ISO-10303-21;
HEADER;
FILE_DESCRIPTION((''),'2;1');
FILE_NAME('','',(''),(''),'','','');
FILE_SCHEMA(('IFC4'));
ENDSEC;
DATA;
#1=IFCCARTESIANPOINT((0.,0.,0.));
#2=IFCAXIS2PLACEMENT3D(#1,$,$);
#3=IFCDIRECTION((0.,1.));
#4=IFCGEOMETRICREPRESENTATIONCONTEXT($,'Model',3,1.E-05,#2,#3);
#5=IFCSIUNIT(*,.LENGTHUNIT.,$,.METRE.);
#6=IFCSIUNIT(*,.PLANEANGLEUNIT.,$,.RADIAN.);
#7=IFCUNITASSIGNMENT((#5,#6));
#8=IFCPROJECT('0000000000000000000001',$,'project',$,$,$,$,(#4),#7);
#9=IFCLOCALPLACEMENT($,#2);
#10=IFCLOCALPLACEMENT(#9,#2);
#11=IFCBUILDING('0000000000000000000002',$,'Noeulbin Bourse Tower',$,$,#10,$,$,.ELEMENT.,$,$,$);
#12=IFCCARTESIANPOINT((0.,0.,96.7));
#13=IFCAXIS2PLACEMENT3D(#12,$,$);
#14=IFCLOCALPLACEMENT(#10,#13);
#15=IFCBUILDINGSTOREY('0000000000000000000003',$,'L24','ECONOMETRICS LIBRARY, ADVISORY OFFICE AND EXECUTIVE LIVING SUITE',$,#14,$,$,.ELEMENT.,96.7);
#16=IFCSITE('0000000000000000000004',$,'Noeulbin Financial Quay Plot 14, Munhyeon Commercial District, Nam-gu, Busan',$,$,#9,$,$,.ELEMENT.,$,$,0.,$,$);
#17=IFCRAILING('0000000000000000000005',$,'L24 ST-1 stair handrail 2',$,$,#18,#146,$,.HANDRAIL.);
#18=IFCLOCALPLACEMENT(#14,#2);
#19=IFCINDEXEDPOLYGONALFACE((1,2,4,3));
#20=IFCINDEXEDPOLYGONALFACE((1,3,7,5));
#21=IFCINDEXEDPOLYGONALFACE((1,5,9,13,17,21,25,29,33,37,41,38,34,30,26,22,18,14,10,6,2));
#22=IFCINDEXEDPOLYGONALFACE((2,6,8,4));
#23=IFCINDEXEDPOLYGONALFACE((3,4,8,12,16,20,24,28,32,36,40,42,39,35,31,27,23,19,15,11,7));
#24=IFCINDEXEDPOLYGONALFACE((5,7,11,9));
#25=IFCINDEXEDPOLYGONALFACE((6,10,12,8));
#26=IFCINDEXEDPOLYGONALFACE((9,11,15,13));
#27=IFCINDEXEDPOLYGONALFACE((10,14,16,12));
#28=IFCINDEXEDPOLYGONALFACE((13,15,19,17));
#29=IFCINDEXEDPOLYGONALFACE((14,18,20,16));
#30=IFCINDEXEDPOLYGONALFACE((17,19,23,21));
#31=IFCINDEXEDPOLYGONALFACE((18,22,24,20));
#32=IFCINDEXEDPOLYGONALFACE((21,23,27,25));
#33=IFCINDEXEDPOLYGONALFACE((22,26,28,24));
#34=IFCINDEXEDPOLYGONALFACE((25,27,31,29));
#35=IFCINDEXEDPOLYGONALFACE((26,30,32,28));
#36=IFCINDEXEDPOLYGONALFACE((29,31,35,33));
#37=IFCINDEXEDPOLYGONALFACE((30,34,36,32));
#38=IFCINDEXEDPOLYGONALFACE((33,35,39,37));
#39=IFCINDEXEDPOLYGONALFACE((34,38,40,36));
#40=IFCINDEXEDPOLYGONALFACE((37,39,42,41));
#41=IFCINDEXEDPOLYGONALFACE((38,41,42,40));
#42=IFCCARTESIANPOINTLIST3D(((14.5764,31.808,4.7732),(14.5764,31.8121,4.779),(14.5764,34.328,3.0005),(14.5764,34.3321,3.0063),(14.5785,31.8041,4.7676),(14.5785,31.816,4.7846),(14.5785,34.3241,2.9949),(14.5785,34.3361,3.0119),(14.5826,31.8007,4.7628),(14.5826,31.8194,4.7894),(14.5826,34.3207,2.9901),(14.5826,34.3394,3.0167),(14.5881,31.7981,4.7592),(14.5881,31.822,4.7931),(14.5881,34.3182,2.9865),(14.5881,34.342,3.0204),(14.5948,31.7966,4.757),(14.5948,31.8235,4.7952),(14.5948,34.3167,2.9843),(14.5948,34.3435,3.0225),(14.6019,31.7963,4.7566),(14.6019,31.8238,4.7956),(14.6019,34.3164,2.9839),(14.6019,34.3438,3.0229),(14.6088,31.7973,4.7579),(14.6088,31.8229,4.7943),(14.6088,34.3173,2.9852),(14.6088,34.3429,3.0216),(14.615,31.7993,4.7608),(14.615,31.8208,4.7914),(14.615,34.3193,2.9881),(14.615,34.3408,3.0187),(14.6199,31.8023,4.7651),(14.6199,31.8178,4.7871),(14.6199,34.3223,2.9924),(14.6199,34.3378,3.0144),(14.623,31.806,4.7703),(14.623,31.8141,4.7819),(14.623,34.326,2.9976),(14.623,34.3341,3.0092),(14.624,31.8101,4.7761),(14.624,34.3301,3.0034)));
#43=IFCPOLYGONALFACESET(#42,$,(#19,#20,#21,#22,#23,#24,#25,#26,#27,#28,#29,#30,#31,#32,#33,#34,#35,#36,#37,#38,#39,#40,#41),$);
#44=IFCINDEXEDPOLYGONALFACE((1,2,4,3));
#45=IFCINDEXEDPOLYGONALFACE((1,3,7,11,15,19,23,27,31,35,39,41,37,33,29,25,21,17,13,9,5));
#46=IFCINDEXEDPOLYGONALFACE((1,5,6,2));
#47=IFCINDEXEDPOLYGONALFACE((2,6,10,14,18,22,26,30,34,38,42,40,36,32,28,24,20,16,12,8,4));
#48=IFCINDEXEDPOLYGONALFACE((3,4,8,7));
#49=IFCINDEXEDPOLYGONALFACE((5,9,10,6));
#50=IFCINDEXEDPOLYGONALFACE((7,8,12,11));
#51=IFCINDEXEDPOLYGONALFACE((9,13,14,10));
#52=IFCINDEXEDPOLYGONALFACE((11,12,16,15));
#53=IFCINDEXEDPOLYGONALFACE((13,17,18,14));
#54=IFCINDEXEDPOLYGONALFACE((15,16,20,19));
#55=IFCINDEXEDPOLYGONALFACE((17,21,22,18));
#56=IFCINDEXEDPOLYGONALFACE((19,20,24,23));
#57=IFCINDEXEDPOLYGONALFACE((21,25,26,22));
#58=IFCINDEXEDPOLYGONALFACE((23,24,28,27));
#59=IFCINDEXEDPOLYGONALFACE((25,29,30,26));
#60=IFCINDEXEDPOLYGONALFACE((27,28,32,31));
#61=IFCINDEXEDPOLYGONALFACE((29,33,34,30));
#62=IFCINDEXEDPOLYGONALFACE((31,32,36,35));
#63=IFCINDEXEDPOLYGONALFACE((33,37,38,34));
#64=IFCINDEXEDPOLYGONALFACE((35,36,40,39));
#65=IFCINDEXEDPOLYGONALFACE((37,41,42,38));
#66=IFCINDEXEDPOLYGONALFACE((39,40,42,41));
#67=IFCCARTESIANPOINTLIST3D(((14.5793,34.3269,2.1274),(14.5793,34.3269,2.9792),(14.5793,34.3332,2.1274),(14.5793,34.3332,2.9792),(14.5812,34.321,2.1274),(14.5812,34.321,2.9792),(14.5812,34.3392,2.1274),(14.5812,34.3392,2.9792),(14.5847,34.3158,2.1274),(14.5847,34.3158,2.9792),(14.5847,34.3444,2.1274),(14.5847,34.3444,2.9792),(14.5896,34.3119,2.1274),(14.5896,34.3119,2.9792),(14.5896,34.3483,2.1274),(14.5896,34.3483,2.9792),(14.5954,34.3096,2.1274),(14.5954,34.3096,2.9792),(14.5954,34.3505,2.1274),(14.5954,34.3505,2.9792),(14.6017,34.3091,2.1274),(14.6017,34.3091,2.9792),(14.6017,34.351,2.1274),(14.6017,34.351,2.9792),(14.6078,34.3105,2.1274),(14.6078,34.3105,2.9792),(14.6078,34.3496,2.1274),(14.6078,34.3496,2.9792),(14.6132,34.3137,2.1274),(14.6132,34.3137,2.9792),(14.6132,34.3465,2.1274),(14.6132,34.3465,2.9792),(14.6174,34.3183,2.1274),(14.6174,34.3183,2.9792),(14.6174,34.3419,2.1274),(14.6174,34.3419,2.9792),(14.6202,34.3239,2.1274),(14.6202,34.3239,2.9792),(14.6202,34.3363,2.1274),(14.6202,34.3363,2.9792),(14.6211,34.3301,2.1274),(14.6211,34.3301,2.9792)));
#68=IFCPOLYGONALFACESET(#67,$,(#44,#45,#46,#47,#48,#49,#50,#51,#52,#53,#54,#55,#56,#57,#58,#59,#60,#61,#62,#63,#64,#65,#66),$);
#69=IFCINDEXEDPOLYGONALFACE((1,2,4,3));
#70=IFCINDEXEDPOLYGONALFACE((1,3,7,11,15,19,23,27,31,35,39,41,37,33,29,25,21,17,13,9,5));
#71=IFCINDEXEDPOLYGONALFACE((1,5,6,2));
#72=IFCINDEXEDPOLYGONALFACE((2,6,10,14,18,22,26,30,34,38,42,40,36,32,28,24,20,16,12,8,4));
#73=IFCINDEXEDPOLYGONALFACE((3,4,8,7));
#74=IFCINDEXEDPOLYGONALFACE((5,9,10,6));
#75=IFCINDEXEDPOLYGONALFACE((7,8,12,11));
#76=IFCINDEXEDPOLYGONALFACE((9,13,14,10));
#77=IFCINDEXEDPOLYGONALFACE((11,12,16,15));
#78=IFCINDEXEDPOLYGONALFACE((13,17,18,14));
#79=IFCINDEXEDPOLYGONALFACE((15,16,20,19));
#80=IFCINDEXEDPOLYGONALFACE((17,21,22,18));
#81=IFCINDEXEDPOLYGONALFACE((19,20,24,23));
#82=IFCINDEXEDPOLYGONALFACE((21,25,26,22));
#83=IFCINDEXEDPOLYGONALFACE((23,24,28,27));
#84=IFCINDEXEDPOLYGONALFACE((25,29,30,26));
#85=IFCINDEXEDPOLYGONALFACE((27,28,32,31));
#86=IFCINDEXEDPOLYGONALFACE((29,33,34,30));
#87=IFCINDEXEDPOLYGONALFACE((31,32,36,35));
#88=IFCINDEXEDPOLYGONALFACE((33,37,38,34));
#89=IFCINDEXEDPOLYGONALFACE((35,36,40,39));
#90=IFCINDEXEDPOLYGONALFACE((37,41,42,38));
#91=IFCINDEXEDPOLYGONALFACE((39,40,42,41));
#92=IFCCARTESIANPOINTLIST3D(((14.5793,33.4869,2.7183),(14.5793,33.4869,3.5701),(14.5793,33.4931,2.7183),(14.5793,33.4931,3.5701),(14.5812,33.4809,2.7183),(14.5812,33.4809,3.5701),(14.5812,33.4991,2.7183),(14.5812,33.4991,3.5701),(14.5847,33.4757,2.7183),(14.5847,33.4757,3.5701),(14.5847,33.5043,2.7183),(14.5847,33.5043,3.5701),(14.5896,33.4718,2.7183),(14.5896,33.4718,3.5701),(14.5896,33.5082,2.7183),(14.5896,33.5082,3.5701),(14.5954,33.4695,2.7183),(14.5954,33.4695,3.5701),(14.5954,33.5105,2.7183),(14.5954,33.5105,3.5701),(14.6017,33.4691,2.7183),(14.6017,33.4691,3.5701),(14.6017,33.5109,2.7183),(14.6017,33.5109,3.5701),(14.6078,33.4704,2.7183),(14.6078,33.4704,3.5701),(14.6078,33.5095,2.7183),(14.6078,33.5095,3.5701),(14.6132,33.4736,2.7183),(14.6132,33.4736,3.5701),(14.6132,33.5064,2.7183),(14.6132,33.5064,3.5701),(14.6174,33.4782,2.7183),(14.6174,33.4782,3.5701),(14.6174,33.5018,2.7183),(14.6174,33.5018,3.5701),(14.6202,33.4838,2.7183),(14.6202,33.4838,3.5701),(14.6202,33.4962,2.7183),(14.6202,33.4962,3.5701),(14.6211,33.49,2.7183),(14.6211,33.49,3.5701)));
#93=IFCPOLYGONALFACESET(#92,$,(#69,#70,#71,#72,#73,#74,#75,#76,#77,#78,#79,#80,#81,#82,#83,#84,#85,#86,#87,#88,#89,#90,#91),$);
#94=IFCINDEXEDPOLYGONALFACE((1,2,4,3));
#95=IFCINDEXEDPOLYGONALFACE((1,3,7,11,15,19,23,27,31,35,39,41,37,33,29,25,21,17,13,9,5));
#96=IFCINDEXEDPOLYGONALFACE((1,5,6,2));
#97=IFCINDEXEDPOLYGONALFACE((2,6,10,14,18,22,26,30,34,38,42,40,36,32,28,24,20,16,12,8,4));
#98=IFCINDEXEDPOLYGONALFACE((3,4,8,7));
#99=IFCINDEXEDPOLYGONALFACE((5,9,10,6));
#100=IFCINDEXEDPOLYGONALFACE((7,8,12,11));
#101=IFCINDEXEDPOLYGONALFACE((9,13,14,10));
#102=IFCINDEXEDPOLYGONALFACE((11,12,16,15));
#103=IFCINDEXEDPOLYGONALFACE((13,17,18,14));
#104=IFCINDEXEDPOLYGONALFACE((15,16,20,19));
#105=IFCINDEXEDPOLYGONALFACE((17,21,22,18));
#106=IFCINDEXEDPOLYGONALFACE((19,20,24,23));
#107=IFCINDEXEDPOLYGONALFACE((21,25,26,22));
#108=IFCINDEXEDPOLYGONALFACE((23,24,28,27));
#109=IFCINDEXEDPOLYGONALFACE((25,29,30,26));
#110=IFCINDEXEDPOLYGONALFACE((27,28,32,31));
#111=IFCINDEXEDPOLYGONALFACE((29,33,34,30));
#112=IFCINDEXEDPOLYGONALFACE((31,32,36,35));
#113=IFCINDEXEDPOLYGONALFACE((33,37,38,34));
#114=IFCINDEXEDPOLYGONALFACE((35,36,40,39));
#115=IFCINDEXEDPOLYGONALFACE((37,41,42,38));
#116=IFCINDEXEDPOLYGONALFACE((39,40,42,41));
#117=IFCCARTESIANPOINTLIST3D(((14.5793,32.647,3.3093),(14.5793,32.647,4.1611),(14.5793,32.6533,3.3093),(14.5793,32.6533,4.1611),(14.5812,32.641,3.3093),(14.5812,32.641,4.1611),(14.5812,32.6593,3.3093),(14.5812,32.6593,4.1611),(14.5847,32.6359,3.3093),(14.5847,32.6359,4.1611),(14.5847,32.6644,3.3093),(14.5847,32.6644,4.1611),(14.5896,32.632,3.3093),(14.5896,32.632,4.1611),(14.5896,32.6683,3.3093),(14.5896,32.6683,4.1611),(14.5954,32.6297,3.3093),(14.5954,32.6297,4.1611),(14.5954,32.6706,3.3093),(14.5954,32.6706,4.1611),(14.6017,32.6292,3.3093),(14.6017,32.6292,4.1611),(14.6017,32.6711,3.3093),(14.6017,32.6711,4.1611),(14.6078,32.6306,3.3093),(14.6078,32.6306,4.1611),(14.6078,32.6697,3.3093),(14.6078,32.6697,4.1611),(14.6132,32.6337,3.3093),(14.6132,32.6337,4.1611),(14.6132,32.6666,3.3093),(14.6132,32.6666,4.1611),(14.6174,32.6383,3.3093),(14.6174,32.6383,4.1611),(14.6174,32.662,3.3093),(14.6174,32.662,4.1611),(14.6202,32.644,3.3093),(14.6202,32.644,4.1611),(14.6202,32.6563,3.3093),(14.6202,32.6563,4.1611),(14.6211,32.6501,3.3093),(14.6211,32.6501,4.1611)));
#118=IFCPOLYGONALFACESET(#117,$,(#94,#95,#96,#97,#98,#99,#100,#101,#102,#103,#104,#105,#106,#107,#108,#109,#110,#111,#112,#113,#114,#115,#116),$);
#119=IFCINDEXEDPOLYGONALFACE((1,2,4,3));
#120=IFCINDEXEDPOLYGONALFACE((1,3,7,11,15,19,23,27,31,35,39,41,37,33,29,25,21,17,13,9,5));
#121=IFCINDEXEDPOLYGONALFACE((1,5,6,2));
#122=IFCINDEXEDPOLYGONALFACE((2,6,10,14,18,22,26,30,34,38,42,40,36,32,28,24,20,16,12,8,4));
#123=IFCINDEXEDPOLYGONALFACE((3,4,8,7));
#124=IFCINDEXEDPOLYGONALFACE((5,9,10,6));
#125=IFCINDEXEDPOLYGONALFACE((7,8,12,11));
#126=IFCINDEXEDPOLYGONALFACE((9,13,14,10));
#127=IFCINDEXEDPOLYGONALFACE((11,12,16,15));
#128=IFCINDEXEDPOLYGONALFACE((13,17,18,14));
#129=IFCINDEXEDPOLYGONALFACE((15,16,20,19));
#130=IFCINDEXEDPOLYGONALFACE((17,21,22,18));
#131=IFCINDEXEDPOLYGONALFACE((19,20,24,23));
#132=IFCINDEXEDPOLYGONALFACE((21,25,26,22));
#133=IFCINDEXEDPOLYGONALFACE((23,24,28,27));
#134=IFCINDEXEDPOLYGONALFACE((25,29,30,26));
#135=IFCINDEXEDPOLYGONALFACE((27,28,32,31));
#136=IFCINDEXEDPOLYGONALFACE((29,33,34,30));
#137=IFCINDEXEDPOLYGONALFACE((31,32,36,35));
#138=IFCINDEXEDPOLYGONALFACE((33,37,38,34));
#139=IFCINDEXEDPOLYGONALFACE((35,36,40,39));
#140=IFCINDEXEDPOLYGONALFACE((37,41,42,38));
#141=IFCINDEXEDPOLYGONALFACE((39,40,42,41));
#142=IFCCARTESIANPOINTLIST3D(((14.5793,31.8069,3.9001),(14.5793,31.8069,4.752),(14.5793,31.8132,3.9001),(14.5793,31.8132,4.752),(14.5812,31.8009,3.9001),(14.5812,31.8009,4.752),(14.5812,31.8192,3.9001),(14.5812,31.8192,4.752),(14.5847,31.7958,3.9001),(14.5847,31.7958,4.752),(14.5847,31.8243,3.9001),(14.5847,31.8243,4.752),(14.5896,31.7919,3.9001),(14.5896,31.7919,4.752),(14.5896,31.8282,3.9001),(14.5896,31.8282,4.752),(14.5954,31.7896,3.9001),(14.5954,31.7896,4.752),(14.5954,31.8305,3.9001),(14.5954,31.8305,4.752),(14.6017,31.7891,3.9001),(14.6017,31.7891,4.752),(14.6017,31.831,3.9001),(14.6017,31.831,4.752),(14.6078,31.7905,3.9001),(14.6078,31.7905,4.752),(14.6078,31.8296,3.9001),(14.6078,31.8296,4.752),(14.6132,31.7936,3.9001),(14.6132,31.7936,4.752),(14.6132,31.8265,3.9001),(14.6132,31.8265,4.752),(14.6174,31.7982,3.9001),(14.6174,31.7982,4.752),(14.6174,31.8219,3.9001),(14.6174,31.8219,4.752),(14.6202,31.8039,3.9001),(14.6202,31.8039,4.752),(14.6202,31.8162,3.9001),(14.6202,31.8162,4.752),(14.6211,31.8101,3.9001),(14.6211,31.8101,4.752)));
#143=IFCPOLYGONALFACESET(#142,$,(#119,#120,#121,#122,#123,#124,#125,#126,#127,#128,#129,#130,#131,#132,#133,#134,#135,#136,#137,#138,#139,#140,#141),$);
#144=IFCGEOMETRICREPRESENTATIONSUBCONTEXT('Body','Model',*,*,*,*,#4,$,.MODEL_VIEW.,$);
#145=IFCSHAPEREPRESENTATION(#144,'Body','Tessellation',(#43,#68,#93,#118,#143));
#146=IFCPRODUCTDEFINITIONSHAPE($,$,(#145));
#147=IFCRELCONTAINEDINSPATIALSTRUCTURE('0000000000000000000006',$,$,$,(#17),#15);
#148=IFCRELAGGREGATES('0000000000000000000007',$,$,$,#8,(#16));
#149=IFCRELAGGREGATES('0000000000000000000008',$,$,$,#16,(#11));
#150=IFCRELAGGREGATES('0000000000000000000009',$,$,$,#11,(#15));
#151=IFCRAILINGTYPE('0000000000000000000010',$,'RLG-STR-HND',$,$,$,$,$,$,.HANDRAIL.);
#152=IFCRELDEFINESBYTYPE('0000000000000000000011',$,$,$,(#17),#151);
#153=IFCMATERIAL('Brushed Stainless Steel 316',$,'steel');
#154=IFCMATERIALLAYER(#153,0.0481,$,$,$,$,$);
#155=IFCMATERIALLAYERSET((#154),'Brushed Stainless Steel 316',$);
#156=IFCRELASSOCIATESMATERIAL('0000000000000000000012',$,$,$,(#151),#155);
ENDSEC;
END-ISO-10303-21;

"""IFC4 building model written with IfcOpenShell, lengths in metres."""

from ifc_helpers import new_model, si_unit, direction, frame, origin, origin_2d, place, context, subcontext, project, spatial, circle, extrude, material, layer, layer_set, type_object, element, save


model = new_model("IFC4")

# Units and contexts
model_context = context("Model", 3, precision=1e-05, world=origin(), true_north=direction((0.0, 1.0)))
body_context = subcontext(model_context, "Body", "Model", "MODEL_VIEW")
ifc_project = project(units=[si_unit("LENGTHUNIT", "METRE"), si_unit("PLANEANGLEUNIT", "RADIAN")], contexts=[model_context])

# Site, building, storey
site_placement = place(None, origin())
site = spatial("IfcSite", under=ifc_project, at=site_placement, Name="Noeulbin Financial Quay Plot 14, Munhyeon Commercial District, Nam-gu, Busan", CompositionType="ELEMENT", RefElevation=0.0)
building_placement = place(site_placement, origin())
building = spatial("IfcBuilding", under=site, at=building_placement, Name="Noeulbin Bourse Tower", CompositionType="ELEMENT")
storey_placement = place(building_placement, frame((0.0, 0.0, 96.7)))
storey = spatial("IfcBuildingStorey", under=building, at=storey_placement, Name="L24", Description="ECONOMETRICS LIBRARY, ADVISORY OFFICE AND EXECUTIVE LIVING SUITE", CompositionType="ELEMENT", Elevation=96.7)

# Shared definitions
ifc_material_1 = material(Name="Brushed Stainless Steel 316", Category="steel")

# Railing
ifc_layer_1 = layer(ifc_material_1, 0.0481)
ifc_layer_set_1 = layer_set([ifc_layer_1], Name="Brushed Stainless Steel 316")
railing_type_1 = type_object("IfcRailingType", Name="RLG-STR-HND", PredefinedType="HANDRAIL", material=ifc_layer_set_1)
railing_1_placement = place(storey_placement, frame((14.6001, 34.3301, 2.1274)))
element("IfcRailing", 1, at=railing_1_placement, inside=storey, type_object=railing_type_1, Name="L24 ST-1 stair handrail 2", PredefinedType="HANDRAIL", context=body_context, shape_type="SweptSolid", body=[
    extrude(circle(Radius=0.0239, at=origin_2d()), frame((0.0, 0.0, 0.876), z_axis=(0.0, -0.817904, 0.575354), x_axis=(1.0, 0.0, 0.0)), (0.0, 0.0, 1.0), 3.0811),
    extrude(circle(Radius=0.021, at=origin_2d()), origin(), (0.0, 0.0, 1.0), 0.8518),
    extrude(circle(Radius=0.021, at=origin_2d()), frame((0.0, -0.8401, 0.5908)), (0.0, 0.0, 1.0), 0.8518),
    extrude(circle(Radius=0.021, at=origin_2d()), frame((0.0, -1.6799, 1.1819)), (0.0, 0.0, 1.0), 0.8518),
    extrude(circle(Radius=0.021, at=origin_2d()), frame((0.0, -2.52, 1.7727)), (0.0, 0.0, 1.0), 0.8518),
])

save(model, "model.ifc")
